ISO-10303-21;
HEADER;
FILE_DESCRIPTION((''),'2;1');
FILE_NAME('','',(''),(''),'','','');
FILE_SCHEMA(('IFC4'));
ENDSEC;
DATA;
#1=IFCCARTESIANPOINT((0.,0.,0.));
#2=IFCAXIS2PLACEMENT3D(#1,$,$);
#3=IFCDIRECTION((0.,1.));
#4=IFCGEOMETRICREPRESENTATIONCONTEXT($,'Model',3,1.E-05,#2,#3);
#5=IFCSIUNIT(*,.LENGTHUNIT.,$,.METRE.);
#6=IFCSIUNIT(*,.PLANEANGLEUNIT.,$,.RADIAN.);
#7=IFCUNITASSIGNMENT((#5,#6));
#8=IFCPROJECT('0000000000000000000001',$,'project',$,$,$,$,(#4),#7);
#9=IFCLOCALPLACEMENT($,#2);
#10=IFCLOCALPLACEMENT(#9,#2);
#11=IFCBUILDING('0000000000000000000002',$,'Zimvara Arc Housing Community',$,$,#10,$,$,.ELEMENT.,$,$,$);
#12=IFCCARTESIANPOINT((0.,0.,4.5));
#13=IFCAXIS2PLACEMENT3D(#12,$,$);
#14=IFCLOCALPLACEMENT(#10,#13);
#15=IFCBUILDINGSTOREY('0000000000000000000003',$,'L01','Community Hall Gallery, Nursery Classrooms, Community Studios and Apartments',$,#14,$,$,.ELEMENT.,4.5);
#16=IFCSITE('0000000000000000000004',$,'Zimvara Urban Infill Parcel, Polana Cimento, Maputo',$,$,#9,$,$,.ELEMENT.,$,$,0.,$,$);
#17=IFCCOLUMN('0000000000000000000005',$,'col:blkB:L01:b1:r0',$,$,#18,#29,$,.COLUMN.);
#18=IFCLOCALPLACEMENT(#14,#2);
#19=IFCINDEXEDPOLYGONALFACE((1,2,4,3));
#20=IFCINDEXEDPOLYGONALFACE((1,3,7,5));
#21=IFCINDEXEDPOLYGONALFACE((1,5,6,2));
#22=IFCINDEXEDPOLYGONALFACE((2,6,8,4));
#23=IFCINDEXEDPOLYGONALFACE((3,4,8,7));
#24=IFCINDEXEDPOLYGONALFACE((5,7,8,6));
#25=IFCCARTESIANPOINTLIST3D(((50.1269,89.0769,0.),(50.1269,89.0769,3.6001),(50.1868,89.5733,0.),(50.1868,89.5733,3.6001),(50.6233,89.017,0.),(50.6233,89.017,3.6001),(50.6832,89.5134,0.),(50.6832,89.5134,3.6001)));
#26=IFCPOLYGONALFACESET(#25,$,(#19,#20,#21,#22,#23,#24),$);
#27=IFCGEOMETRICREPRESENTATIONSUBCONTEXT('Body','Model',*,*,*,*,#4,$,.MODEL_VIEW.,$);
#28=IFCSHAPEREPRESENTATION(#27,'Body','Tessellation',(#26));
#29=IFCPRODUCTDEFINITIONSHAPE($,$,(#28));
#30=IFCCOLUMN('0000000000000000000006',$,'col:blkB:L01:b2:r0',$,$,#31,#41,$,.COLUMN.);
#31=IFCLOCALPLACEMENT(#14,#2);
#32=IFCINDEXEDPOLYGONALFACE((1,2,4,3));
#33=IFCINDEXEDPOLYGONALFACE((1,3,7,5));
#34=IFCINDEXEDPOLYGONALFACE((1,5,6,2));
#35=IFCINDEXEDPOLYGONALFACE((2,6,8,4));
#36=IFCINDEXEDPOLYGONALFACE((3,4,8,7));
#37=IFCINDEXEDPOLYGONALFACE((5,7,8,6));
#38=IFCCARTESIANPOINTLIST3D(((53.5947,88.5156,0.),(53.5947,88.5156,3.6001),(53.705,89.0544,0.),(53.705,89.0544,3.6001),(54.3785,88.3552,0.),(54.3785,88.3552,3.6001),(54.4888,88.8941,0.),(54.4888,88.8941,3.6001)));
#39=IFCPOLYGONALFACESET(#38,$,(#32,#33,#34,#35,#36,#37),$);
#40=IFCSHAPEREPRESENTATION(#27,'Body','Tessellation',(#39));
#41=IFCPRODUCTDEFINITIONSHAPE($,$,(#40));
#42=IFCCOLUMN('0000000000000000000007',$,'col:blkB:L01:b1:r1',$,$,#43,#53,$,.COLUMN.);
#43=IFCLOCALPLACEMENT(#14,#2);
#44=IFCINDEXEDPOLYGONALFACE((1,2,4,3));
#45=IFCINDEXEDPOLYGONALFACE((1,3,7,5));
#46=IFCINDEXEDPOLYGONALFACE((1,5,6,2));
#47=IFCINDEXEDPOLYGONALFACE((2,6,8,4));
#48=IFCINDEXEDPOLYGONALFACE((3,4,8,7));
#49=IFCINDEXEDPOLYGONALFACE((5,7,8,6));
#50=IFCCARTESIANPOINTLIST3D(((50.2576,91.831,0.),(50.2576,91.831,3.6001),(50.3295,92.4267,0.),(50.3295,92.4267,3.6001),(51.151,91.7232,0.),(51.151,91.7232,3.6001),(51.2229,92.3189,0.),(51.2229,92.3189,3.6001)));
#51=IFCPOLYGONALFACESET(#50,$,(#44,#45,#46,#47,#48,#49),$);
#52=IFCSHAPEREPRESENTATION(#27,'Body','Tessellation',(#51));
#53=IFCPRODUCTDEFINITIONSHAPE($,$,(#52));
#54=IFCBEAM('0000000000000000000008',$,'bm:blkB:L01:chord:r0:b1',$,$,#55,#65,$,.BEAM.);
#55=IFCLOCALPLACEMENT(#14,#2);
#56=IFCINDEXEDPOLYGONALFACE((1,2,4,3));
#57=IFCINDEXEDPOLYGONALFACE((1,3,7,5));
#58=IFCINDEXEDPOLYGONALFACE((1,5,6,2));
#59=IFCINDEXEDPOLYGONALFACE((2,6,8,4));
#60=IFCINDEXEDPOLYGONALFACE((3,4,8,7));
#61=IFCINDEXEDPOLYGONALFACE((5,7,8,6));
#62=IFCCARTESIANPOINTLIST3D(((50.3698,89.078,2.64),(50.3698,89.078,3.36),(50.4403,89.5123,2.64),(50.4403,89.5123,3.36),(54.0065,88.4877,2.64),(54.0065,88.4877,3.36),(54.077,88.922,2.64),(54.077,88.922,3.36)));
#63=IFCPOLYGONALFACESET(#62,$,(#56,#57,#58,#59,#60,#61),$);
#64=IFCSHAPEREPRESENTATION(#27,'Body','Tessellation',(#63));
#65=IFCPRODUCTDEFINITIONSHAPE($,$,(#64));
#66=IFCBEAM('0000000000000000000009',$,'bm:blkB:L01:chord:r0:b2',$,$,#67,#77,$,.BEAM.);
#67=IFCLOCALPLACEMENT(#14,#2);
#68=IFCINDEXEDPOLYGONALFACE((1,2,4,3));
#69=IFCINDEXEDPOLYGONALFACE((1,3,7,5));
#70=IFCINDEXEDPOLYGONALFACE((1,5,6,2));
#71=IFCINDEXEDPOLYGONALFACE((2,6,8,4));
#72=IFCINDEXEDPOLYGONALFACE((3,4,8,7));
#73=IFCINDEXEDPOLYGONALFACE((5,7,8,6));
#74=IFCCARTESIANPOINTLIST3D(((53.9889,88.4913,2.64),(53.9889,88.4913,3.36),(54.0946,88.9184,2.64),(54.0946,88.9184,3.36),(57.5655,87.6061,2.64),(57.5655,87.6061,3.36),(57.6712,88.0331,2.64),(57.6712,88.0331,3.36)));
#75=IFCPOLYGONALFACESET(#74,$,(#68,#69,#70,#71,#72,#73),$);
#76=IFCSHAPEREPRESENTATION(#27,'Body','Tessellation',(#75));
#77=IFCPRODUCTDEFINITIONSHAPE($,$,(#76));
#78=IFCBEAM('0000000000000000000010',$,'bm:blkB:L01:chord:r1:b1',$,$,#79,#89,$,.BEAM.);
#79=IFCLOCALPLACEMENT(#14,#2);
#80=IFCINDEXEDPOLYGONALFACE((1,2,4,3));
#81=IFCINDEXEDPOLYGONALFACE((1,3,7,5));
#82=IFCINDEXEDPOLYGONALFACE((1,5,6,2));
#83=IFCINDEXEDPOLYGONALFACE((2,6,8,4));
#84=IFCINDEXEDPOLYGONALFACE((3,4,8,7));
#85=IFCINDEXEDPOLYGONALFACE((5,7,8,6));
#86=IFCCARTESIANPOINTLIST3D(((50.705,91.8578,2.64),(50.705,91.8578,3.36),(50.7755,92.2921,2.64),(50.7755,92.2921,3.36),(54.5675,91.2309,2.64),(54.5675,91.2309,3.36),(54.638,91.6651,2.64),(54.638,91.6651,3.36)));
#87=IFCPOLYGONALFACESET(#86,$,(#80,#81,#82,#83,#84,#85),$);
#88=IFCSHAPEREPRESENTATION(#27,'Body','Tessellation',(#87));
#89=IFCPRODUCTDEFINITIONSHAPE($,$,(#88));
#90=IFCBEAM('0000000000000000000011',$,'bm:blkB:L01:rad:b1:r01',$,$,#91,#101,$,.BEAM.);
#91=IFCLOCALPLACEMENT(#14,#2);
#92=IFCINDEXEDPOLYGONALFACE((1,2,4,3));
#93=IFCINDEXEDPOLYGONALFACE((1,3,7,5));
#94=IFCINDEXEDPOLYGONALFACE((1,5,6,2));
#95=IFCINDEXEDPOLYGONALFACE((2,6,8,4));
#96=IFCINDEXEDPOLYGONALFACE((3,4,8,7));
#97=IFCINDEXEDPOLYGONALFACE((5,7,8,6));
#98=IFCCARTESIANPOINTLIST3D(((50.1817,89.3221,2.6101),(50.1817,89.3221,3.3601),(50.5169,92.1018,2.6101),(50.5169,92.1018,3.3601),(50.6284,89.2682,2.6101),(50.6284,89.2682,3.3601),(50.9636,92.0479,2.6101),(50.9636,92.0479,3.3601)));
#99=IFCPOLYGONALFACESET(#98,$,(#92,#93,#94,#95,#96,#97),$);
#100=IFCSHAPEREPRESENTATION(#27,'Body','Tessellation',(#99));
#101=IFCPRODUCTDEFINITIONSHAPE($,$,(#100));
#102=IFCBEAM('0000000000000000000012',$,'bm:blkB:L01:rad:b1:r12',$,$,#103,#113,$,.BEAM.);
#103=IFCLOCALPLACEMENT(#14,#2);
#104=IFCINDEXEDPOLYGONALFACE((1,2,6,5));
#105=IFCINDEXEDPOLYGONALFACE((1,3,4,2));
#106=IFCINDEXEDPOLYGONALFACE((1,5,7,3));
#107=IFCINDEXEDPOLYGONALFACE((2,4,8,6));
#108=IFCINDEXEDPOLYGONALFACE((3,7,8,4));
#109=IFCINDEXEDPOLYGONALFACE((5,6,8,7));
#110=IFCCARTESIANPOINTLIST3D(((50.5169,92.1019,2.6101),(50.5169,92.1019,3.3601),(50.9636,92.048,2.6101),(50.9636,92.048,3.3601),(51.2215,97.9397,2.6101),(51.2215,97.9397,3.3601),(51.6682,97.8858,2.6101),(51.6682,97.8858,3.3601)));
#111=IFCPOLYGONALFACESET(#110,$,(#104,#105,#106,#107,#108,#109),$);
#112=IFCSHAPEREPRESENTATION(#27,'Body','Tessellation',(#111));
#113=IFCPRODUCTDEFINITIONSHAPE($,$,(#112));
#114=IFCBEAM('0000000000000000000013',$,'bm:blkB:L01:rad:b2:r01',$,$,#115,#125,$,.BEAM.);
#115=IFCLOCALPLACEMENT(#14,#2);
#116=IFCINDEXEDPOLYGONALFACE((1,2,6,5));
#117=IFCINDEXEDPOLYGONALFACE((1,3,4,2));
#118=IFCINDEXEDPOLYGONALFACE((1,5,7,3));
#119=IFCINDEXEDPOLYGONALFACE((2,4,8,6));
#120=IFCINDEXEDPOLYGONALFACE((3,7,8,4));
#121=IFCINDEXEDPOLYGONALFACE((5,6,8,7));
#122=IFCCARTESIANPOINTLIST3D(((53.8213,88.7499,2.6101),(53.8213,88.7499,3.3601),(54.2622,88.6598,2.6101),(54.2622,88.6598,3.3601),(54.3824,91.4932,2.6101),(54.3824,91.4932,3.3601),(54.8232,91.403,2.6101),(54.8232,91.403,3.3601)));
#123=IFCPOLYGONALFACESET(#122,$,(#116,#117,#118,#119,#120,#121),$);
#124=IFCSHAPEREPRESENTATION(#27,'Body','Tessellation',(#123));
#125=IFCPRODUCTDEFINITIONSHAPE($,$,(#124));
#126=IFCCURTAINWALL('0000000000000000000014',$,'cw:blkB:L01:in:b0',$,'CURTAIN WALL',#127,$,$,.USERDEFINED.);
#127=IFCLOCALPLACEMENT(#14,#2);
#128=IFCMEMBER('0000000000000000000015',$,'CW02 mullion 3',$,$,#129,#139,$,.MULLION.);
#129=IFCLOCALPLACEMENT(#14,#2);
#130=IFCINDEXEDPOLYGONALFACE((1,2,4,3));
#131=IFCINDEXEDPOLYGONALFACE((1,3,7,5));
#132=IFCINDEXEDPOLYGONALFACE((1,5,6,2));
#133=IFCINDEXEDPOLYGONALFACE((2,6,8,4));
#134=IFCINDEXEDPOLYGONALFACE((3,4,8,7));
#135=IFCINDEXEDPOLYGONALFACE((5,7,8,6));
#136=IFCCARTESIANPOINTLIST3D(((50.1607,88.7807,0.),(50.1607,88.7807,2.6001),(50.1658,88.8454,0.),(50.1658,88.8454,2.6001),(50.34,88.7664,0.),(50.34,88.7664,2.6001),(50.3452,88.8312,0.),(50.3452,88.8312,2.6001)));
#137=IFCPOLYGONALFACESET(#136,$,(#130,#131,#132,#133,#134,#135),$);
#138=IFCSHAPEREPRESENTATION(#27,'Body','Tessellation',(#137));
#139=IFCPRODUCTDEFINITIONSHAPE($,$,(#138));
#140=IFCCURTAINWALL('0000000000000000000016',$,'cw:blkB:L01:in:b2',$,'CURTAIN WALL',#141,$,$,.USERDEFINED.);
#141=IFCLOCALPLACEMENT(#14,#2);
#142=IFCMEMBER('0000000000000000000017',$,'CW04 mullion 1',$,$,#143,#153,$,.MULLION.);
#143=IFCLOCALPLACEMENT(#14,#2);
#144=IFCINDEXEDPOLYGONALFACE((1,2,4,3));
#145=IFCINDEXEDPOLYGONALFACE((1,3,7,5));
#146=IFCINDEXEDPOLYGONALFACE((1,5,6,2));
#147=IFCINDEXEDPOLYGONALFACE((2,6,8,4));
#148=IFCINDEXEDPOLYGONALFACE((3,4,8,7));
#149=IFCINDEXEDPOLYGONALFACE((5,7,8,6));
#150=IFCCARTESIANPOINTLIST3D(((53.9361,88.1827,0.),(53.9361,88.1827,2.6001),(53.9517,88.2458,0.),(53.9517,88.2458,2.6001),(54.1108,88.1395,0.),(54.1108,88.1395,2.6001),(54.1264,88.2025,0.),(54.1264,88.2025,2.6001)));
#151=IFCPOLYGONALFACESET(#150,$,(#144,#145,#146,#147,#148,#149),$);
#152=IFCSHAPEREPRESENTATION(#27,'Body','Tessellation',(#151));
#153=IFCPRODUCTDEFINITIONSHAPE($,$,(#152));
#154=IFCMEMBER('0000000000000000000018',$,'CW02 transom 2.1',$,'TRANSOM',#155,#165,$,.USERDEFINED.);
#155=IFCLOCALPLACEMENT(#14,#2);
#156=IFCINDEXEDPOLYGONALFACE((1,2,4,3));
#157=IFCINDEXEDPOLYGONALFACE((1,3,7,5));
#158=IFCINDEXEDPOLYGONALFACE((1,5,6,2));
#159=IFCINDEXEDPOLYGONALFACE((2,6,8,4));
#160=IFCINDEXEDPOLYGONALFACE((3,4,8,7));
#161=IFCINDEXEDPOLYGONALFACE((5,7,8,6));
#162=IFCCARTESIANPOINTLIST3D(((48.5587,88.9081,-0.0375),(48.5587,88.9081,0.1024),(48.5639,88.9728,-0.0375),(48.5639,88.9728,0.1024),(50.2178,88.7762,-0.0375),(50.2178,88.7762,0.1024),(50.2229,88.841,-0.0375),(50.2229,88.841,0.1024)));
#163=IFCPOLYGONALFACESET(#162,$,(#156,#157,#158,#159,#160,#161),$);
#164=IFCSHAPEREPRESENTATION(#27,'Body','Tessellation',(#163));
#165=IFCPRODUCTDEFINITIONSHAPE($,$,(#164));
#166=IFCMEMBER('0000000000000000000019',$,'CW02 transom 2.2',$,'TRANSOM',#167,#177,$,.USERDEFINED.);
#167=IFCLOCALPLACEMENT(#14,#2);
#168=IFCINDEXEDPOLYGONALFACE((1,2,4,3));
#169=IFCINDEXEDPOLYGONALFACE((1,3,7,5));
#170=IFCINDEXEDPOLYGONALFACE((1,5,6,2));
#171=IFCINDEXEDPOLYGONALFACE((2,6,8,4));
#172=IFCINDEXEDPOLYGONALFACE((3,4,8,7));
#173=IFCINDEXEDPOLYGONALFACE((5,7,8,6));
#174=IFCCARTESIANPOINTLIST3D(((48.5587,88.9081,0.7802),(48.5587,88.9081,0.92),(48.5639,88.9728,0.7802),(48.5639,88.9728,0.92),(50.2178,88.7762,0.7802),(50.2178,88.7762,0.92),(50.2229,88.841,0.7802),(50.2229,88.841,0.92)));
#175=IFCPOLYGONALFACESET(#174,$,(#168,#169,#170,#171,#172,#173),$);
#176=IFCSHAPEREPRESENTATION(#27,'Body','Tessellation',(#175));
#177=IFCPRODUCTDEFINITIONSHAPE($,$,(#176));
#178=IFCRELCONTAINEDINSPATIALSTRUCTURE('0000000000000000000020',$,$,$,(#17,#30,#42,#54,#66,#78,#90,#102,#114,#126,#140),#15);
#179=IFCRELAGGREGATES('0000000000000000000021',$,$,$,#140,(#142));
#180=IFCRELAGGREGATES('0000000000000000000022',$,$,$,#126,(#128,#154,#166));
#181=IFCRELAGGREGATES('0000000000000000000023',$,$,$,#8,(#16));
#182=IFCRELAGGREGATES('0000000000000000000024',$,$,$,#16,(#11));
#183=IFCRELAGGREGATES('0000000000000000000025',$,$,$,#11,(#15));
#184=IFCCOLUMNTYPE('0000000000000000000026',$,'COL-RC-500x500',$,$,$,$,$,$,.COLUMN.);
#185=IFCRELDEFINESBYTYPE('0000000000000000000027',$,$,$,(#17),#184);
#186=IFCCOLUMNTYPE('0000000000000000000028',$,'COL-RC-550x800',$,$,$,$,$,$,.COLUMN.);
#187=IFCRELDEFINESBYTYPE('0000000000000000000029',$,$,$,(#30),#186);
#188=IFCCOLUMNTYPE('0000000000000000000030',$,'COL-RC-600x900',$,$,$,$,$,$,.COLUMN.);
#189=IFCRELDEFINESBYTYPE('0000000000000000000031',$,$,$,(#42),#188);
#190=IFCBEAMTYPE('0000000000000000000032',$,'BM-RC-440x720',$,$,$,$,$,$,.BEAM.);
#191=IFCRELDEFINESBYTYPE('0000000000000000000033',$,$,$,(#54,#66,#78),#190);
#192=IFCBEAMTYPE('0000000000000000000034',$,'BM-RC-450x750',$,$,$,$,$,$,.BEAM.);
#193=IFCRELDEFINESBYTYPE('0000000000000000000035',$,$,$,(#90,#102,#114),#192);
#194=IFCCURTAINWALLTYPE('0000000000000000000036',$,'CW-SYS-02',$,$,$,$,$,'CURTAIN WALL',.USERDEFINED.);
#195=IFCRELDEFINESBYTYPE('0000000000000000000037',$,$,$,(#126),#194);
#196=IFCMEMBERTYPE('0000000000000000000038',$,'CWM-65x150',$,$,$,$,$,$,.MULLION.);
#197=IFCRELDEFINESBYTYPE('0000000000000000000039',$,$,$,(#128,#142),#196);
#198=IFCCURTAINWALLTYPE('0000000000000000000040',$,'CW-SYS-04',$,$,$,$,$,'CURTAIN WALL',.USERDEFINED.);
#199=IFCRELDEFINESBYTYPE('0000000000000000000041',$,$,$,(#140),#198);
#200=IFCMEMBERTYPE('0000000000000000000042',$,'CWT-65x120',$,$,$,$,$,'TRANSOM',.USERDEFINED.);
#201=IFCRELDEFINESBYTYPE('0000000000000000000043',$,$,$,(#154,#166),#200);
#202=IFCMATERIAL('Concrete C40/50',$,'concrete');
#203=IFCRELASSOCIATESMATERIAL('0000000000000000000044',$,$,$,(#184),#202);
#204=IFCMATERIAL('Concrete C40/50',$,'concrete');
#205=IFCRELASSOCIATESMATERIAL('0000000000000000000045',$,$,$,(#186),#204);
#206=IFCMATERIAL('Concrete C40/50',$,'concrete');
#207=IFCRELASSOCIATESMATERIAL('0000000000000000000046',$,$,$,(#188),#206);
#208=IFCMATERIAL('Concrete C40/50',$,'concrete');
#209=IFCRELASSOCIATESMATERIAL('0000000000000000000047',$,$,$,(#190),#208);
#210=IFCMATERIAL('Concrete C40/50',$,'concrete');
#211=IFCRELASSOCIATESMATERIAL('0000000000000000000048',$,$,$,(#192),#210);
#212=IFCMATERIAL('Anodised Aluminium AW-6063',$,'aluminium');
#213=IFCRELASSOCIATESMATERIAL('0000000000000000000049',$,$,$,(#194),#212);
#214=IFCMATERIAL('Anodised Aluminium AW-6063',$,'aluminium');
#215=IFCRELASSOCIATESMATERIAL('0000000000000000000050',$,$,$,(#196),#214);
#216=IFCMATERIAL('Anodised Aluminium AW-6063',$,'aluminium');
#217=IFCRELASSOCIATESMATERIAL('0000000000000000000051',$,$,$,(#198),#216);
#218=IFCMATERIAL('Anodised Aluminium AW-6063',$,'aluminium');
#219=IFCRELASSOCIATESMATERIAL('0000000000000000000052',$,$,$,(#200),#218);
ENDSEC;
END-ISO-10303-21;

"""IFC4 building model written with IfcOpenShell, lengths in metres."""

from ifc_helpers import new_model, si_unit, direction, frame, origin, origin_2d, place, context, subcontext, project, spatial, rectangle, extrude, material, material_profile, profile_set, type_object, element, aggregate, save


model = new_model("IFC4")

# Units and contexts
model_context = context("Model", 3, precision=1e-05, world=origin(), true_north=direction((0.0, 1.0)))
body_context = subcontext(model_context, "Body", "Model", "MODEL_VIEW")
ifc_project = project(units=[si_unit("LENGTHUNIT", "METRE"), si_unit("PLANEANGLEUNIT", "RADIAN")], contexts=[model_context])

# Site, building, storey
site_placement = place(None, origin())
site = spatial("IfcSite", under=ifc_project, at=site_placement, Name="Zimvara Urban Infill Parcel, Polana Cimento, Maputo", CompositionType="ELEMENT", RefElevation=0.0)
building_placement = place(site_placement, origin())
building = spatial("IfcBuilding", under=site, at=building_placement, Name="Zimvara Arc Housing Community", CompositionType="ELEMENT")
storey_placement = place(building_placement, frame((0.0, 0.0, 4.5)))
storey = spatial("IfcBuildingStorey", under=building, at=storey_placement, Name="L01", Description="Community Hall Gallery, Nursery Classrooms, Community Studios and Apartments", CompositionType="ELEMENT", Elevation=4.5)

# Columns
ifc_material_1 = material(Name="Concrete C40/50", Category="concrete")
ifc_material_profile_1 = material_profile(ifc_material_1, rectangle(XDim=0.5, YDim=0.5, at=origin_2d()), Name="RC 500x500")
ifc_profile_set_1 = profile_set([ifc_material_profile_1], Name="Concrete C40/50")
column_type_1 = type_object("IfcColumnType", Name="COL-RC-500x500", PredefinedType="COLUMN", material=ifc_profile_set_1)
column_1_placement = place(storey_placement, frame((50.405, 89.2952, 0.0), z_axis=(0.0, 0.0, 1.0), x_axis=(0.11979, 0.992799, 0.0)))
element("IfcColumn", 1, at=column_1_placement, inside=storey, type_object=column_type_1, Name="col:blkB:L01:b1:r0", PredefinedType="COLUMN", context=body_context, shape_type="SweptSolid", body=[
    extrude(rectangle(XDim=0.5, YDim=0.5, at=origin_2d()), origin(), (0.0, 0.0, 1.0), 3.6001),
])
ifc_material_2 = material(Name="Concrete C40/50", Category="concrete")
ifc_material_profile_2 = material_profile(ifc_material_2, rectangle(XDim=0.55, YDim=0.8, at=origin_2d()), Name="RC 550x800")
ifc_profile_set_2 = profile_set([ifc_material_profile_2], Name="Concrete C40/50")
column_type_2 = type_object("IfcColumnType", Name="COL-RC-550x800", PredefinedType="COLUMN", material=ifc_profile_set_2)
column_2_placement = place(storey_placement, frame((54.0417, 88.7048, 0.0), z_axis=(0.0, 0.0, 1.0), x_axis=(0.200394, 0.979715, 0.0)))
element("IfcColumn", 2, at=column_2_placement, inside=storey, type_object=column_type_2, Name="col:blkB:L01:b2:r0", PredefinedType="COLUMN", context=body_context, shape_type="SweptSolid", body=[
    extrude(rectangle(XDim=0.55, YDim=0.8, at=origin_2d()), origin(), (0.0, 0.0, 1.0), 3.6001),
])
ifc_material_3 = material(Name="Concrete C40/50", Category="concrete")
ifc_material_profile_3 = material_profile(ifc_material_3, rectangle(XDim=0.6001, YDim=0.8999, at=origin_2d()), Name="RC 600x900")
ifc_profile_set_3 = profile_set([ifc_material_profile_3], Name="Concrete C40/50")
column_type_3 = type_object("IfcColumnType", Name="COL-RC-600x900", PredefinedType="COLUMN", material=ifc_profile_set_3)
column_3_placement = place(storey_placement, frame((50.7402, 92.075, 0.0), z_axis=(0.0, 0.0, 1.0), x_axis=(0.11979, 0.992799, 0.0)))
element("IfcColumn", 3, at=column_3_placement, inside=storey, type_object=column_type_3, Name="col:blkB:L01:b1:r1", PredefinedType="COLUMN", context=body_context, shape_type="SweptSolid", body=[
    extrude(rectangle(XDim=0.6001, YDim=0.8999, at=origin_2d()), origin(), (0.0, 0.0, 1.0), 3.6001),
])

# Beams
ifc_material_4 = material(Name="Concrete C40/50", Category="concrete")
ifc_material_profile_4 = material_profile(ifc_material_4, rectangle(XDim=0.4399, YDim=0.72, at=origin_2d()), Name="RC 440x720")
ifc_profile_set_4 = profile_set([ifc_material_profile_4], Name="Concrete C40/50")
beam_type_1 = type_object("IfcBeamType", Name="BM-RC-440x720", PredefinedType="BEAM", material=ifc_profile_set_4)
beam_1_placement = place(storey_placement, frame((50.405, 89.2952, 3.0), z_axis=(0.98708, -0.160228, 0.0), x_axis=(0.160228, 0.98708, 0.0)))
element("IfcBeam", 4, at=beam_1_placement, inside=storey, type_object=beam_type_1, Name="bm:blkB:L01:chord:r0:b1", PredefinedType="BEAM", context=body_context, shape_type="SweptSolid", body=[
    extrude(rectangle(XDim=0.4399, YDim=0.72, at=origin_2d()), origin(), (0.0, 0.0, 1.0), 3.6843),
])
beam_2_placement = place(storey_placement, frame((54.0417, 88.7048, 3.0), z_axis=(0.970709, -0.240259, 0.0), x_axis=(0.240259, 0.970709, 0.0)))
element("IfcBeam", 5, at=beam_2_placement, inside=storey, type_object=beam_type_1, Name="bm:blkB:L01:chord:r0:b2", PredefinedType="BEAM", context=body_context, shape_type="SweptSolid", body=[
    extrude(rectangle(XDim=0.4399, YDim=0.72, at=origin_2d()), origin(), (0.0, 0.0, 1.0), 3.6846),
])
beam_3_placement = place(storey_placement, frame((50.7402, 92.075, 3.0), z_axis=(0.987081, -0.160219, 0.0), x_axis=(0.160219, 0.987081, 0.0)))
element("IfcBeam", 6, at=beam_3_placement, inside=storey, type_object=beam_type_1, Name="bm:blkB:L01:chord:r1:b1", PredefinedType="BEAM", context=body_context, shape_type="SweptSolid", body=[
    extrude(rectangle(XDim=0.4399, YDim=0.72, at=origin_2d()), origin(), (0.0, 0.0, 1.0), 3.9131),
])
ifc_material_5 = material(Name="Concrete C40/50", Category="concrete")
ifc_material_profile_5 = material_profile(ifc_material_5, rectangle(XDim=0.45, YDim=0.75, at=origin_2d()), Name="RC 450x750")
ifc_profile_set_5 = profile_set([ifc_material_profile_5], Name="Concrete C40/50")
beam_type_2 = type_object("IfcBeamType", Name="BM-RC-450x750", PredefinedType="BEAM", material=ifc_profile_set_5)
beam_4_placement = place(storey_placement, frame((50.405, 89.2952, 2.9851), z_axis=(0.119719, 0.992808, 0.0), x_axis=(-0.992808, 0.119719, 0.0)))
element("IfcBeam", 7, at=beam_4_placement, inside=storey, type_object=beam_type_2, Name="bm:blkB:L01:rad:b1:r01", PredefinedType="BEAM", context=body_context, shape_type="SweptSolid", body=[
    extrude(rectangle(XDim=0.45, YDim=0.75, at=origin_2d()), origin(), (0.0, 0.0, 1.0), 2.7998),
])
beam_5_placement = place(storey_placement, frame((50.7402, 92.075, 2.9851), z_axis=(0.119828, 0.992795, 0.0), x_axis=(-0.992795, 0.119828, 0.0)))
element("IfcBeam", 8, at=beam_5_placement, inside=storey, type_object=beam_type_2, Name="bm:blkB:L01:rad:b1:r12", PredefinedType="BEAM", context=body_context, shape_type="SweptSolid", body=[
    extrude(rectangle(XDim=0.45, YDim=0.75, at=origin_2d()), origin(), (0.0, 0.0, 1.0), 5.8801),
])
beam_6_placement = place(storey_placement, frame((54.0417, 88.7048, 2.9851), z_axis=(0.200373, 0.97972, 0.0), x_axis=(-0.97972, 0.200373, 0.0)))
element("IfcBeam", 9, at=beam_6_placement, inside=storey, type_object=beam_type_2, Name="bm:blkB:L01:rad:b2:r01", PredefinedType="BEAM", context=body_context, shape_type="SweptSolid", body=[
    extrude(rectangle(XDim=0.45, YDim=0.75, at=origin_2d()), origin(), (0.0, 0.0, 1.0), 2.8),
])

# Curtain walls, members
ifc_material_6 = material(Name="Anodised Aluminium AW-6063", Category="aluminium")
curtain_wall_type_1 = type_object("IfcCurtainWallType", Name="CW-SYS-02", ElementType="CURTAIN WALL", PredefinedType="USERDEFINED", material=ifc_material_6)
curtain_wall_1_placement = place(storey_placement, origin())
curtain_wall_1 = element("IfcCurtainWall", 10, at=curtain_wall_1_placement, inside=storey, type_object=curtain_wall_type_1, Name="cw:blkB:L01:in:b0", ObjectType="CURTAIN WALL", PredefinedType="USERDEFINED")
ifc_material_7 = material(Name="Anodised Aluminium AW-6063", Category="aluminium")
ifc_material_profile_6 = material_profile(ifc_material_7, rectangle(XDim=0.0649, YDim=0.1799, at=origin_2d()), Name="ALU 65x180")
ifc_profile_set_6 = profile_set([ifc_material_profile_6], Name="Anodised Aluminium AW-6063")
member_type_1 = type_object("IfcMemberType", Name="CWM-65x150", PredefinedType="MULLION", material=ifc_profile_set_6)
member_1_placement = place(storey_placement, frame((50.2529, 88.8059, 0.0), z_axis=(0.0, 0.0, 1.0), x_axis=(0.079155, 0.996862, 0.0)))
member_1 = element("IfcMember", 11, at=member_1_placement, type_object=member_type_1, Name="CW02 mullion 3", PredefinedType="MULLION", context=body_context, shape_type="SweptSolid", body=[
    extrude(rectangle(XDim=0.0649, YDim=0.1799, at=origin_2d()), origin(), (0.0, 0.0, 1.0), 2.6001),
])
ifc_material_8 = material(Name="Anodised Aluminium AW-6063", Category="aluminium")
curtain_wall_type_2 = type_object("IfcCurtainWallType", Name="CW-SYS-04", ElementType="CURTAIN WALL", PredefinedType="USERDEFINED", material=ifc_material_8)
curtain_wall_2_placement = place(storey_placement, origin())
curtain_wall_2 = element("IfcCurtainWall", 12, at=curtain_wall_2_placement, inside=storey, type_object=curtain_wall_type_2, Name="cw:blkB:L01:in:b2", ObjectType="CURTAIN WALL", PredefinedType="USERDEFINED")
member_2_placement = place(storey_placement, frame((54.0312, 88.1926, 0.0), z_axis=(0.0, 0.0, 1.0), x_axis=(0.240228, 0.970717, 0.0)))
member_2 = element("IfcMember", 13, at=member_2_placement, type_object=member_type_1, Name="CW04 mullion 1", PredefinedType="MULLION", context=body_context, shape_type="SweptSolid", body=[
    extrude(rectangle(XDim=0.0649, YDim=0.1799, at=origin_2d()), origin(), (0.0, 0.0, 1.0), 2.6001),
])

# Members
ifc_material_9 = material(Name="Anodised Aluminium AW-6063", Category="aluminium")
ifc_material_profile_7 = material_profile(ifc_material_9, rectangle(XDim=0.0649, YDim=0.1399, at=origin_2d()), Name="ALU 65x140")
ifc_profile_set_7 = profile_set([ifc_material_profile_7], Name="Anodised Aluminium AW-6063")
member_type_2 = type_object("IfcMemberType", Name="CWT-65x120", ElementType="TRANSOM", PredefinedType="USERDEFINED", material=ifc_profile_set_7)
member_3_placement = place(storey_placement, frame((48.5613, 88.9404, 0.0325), z_axis=(0.996858, -0.079209, 0.0), x_axis=(0.079209, 0.996858, 0.0)))
member_3 = element("IfcMember", 14, at=member_3_placement, type_object=member_type_2, Name="CW02 transom 2.1", ObjectType="TRANSOM", PredefinedType="USERDEFINED", context=body_context, shape_type="SweptSolid", body=[
    extrude(rectangle(XDim=0.0649, YDim=0.1399, at=origin_2d()), origin(), (0.0, 0.0, 1.0), 1.6643),
])
member_4_placement = place(storey_placement, frame((48.5613, 88.9404, 0.8501), z_axis=(0.996858, -0.079209, 0.0), x_axis=(0.079209, 0.996858, 0.0)))
member_4 = element("IfcMember", 15, at=member_4_placement, type_object=member_type_2, Name="CW02 transom 2.2", ObjectType="TRANSOM", PredefinedType="USERDEFINED", context=body_context, shape_type="SweptSolid", body=[
    extrude(rectangle(XDim=0.0649, YDim=0.1399, at=origin_2d()), origin(), (0.0, 0.0, 1.0), 1.6643),
])
aggregate(curtain_wall_2, [member_2])

aggregate(curtain_wall_1, [member_1, member_3, member_4])

save(model, "model.ifc")
